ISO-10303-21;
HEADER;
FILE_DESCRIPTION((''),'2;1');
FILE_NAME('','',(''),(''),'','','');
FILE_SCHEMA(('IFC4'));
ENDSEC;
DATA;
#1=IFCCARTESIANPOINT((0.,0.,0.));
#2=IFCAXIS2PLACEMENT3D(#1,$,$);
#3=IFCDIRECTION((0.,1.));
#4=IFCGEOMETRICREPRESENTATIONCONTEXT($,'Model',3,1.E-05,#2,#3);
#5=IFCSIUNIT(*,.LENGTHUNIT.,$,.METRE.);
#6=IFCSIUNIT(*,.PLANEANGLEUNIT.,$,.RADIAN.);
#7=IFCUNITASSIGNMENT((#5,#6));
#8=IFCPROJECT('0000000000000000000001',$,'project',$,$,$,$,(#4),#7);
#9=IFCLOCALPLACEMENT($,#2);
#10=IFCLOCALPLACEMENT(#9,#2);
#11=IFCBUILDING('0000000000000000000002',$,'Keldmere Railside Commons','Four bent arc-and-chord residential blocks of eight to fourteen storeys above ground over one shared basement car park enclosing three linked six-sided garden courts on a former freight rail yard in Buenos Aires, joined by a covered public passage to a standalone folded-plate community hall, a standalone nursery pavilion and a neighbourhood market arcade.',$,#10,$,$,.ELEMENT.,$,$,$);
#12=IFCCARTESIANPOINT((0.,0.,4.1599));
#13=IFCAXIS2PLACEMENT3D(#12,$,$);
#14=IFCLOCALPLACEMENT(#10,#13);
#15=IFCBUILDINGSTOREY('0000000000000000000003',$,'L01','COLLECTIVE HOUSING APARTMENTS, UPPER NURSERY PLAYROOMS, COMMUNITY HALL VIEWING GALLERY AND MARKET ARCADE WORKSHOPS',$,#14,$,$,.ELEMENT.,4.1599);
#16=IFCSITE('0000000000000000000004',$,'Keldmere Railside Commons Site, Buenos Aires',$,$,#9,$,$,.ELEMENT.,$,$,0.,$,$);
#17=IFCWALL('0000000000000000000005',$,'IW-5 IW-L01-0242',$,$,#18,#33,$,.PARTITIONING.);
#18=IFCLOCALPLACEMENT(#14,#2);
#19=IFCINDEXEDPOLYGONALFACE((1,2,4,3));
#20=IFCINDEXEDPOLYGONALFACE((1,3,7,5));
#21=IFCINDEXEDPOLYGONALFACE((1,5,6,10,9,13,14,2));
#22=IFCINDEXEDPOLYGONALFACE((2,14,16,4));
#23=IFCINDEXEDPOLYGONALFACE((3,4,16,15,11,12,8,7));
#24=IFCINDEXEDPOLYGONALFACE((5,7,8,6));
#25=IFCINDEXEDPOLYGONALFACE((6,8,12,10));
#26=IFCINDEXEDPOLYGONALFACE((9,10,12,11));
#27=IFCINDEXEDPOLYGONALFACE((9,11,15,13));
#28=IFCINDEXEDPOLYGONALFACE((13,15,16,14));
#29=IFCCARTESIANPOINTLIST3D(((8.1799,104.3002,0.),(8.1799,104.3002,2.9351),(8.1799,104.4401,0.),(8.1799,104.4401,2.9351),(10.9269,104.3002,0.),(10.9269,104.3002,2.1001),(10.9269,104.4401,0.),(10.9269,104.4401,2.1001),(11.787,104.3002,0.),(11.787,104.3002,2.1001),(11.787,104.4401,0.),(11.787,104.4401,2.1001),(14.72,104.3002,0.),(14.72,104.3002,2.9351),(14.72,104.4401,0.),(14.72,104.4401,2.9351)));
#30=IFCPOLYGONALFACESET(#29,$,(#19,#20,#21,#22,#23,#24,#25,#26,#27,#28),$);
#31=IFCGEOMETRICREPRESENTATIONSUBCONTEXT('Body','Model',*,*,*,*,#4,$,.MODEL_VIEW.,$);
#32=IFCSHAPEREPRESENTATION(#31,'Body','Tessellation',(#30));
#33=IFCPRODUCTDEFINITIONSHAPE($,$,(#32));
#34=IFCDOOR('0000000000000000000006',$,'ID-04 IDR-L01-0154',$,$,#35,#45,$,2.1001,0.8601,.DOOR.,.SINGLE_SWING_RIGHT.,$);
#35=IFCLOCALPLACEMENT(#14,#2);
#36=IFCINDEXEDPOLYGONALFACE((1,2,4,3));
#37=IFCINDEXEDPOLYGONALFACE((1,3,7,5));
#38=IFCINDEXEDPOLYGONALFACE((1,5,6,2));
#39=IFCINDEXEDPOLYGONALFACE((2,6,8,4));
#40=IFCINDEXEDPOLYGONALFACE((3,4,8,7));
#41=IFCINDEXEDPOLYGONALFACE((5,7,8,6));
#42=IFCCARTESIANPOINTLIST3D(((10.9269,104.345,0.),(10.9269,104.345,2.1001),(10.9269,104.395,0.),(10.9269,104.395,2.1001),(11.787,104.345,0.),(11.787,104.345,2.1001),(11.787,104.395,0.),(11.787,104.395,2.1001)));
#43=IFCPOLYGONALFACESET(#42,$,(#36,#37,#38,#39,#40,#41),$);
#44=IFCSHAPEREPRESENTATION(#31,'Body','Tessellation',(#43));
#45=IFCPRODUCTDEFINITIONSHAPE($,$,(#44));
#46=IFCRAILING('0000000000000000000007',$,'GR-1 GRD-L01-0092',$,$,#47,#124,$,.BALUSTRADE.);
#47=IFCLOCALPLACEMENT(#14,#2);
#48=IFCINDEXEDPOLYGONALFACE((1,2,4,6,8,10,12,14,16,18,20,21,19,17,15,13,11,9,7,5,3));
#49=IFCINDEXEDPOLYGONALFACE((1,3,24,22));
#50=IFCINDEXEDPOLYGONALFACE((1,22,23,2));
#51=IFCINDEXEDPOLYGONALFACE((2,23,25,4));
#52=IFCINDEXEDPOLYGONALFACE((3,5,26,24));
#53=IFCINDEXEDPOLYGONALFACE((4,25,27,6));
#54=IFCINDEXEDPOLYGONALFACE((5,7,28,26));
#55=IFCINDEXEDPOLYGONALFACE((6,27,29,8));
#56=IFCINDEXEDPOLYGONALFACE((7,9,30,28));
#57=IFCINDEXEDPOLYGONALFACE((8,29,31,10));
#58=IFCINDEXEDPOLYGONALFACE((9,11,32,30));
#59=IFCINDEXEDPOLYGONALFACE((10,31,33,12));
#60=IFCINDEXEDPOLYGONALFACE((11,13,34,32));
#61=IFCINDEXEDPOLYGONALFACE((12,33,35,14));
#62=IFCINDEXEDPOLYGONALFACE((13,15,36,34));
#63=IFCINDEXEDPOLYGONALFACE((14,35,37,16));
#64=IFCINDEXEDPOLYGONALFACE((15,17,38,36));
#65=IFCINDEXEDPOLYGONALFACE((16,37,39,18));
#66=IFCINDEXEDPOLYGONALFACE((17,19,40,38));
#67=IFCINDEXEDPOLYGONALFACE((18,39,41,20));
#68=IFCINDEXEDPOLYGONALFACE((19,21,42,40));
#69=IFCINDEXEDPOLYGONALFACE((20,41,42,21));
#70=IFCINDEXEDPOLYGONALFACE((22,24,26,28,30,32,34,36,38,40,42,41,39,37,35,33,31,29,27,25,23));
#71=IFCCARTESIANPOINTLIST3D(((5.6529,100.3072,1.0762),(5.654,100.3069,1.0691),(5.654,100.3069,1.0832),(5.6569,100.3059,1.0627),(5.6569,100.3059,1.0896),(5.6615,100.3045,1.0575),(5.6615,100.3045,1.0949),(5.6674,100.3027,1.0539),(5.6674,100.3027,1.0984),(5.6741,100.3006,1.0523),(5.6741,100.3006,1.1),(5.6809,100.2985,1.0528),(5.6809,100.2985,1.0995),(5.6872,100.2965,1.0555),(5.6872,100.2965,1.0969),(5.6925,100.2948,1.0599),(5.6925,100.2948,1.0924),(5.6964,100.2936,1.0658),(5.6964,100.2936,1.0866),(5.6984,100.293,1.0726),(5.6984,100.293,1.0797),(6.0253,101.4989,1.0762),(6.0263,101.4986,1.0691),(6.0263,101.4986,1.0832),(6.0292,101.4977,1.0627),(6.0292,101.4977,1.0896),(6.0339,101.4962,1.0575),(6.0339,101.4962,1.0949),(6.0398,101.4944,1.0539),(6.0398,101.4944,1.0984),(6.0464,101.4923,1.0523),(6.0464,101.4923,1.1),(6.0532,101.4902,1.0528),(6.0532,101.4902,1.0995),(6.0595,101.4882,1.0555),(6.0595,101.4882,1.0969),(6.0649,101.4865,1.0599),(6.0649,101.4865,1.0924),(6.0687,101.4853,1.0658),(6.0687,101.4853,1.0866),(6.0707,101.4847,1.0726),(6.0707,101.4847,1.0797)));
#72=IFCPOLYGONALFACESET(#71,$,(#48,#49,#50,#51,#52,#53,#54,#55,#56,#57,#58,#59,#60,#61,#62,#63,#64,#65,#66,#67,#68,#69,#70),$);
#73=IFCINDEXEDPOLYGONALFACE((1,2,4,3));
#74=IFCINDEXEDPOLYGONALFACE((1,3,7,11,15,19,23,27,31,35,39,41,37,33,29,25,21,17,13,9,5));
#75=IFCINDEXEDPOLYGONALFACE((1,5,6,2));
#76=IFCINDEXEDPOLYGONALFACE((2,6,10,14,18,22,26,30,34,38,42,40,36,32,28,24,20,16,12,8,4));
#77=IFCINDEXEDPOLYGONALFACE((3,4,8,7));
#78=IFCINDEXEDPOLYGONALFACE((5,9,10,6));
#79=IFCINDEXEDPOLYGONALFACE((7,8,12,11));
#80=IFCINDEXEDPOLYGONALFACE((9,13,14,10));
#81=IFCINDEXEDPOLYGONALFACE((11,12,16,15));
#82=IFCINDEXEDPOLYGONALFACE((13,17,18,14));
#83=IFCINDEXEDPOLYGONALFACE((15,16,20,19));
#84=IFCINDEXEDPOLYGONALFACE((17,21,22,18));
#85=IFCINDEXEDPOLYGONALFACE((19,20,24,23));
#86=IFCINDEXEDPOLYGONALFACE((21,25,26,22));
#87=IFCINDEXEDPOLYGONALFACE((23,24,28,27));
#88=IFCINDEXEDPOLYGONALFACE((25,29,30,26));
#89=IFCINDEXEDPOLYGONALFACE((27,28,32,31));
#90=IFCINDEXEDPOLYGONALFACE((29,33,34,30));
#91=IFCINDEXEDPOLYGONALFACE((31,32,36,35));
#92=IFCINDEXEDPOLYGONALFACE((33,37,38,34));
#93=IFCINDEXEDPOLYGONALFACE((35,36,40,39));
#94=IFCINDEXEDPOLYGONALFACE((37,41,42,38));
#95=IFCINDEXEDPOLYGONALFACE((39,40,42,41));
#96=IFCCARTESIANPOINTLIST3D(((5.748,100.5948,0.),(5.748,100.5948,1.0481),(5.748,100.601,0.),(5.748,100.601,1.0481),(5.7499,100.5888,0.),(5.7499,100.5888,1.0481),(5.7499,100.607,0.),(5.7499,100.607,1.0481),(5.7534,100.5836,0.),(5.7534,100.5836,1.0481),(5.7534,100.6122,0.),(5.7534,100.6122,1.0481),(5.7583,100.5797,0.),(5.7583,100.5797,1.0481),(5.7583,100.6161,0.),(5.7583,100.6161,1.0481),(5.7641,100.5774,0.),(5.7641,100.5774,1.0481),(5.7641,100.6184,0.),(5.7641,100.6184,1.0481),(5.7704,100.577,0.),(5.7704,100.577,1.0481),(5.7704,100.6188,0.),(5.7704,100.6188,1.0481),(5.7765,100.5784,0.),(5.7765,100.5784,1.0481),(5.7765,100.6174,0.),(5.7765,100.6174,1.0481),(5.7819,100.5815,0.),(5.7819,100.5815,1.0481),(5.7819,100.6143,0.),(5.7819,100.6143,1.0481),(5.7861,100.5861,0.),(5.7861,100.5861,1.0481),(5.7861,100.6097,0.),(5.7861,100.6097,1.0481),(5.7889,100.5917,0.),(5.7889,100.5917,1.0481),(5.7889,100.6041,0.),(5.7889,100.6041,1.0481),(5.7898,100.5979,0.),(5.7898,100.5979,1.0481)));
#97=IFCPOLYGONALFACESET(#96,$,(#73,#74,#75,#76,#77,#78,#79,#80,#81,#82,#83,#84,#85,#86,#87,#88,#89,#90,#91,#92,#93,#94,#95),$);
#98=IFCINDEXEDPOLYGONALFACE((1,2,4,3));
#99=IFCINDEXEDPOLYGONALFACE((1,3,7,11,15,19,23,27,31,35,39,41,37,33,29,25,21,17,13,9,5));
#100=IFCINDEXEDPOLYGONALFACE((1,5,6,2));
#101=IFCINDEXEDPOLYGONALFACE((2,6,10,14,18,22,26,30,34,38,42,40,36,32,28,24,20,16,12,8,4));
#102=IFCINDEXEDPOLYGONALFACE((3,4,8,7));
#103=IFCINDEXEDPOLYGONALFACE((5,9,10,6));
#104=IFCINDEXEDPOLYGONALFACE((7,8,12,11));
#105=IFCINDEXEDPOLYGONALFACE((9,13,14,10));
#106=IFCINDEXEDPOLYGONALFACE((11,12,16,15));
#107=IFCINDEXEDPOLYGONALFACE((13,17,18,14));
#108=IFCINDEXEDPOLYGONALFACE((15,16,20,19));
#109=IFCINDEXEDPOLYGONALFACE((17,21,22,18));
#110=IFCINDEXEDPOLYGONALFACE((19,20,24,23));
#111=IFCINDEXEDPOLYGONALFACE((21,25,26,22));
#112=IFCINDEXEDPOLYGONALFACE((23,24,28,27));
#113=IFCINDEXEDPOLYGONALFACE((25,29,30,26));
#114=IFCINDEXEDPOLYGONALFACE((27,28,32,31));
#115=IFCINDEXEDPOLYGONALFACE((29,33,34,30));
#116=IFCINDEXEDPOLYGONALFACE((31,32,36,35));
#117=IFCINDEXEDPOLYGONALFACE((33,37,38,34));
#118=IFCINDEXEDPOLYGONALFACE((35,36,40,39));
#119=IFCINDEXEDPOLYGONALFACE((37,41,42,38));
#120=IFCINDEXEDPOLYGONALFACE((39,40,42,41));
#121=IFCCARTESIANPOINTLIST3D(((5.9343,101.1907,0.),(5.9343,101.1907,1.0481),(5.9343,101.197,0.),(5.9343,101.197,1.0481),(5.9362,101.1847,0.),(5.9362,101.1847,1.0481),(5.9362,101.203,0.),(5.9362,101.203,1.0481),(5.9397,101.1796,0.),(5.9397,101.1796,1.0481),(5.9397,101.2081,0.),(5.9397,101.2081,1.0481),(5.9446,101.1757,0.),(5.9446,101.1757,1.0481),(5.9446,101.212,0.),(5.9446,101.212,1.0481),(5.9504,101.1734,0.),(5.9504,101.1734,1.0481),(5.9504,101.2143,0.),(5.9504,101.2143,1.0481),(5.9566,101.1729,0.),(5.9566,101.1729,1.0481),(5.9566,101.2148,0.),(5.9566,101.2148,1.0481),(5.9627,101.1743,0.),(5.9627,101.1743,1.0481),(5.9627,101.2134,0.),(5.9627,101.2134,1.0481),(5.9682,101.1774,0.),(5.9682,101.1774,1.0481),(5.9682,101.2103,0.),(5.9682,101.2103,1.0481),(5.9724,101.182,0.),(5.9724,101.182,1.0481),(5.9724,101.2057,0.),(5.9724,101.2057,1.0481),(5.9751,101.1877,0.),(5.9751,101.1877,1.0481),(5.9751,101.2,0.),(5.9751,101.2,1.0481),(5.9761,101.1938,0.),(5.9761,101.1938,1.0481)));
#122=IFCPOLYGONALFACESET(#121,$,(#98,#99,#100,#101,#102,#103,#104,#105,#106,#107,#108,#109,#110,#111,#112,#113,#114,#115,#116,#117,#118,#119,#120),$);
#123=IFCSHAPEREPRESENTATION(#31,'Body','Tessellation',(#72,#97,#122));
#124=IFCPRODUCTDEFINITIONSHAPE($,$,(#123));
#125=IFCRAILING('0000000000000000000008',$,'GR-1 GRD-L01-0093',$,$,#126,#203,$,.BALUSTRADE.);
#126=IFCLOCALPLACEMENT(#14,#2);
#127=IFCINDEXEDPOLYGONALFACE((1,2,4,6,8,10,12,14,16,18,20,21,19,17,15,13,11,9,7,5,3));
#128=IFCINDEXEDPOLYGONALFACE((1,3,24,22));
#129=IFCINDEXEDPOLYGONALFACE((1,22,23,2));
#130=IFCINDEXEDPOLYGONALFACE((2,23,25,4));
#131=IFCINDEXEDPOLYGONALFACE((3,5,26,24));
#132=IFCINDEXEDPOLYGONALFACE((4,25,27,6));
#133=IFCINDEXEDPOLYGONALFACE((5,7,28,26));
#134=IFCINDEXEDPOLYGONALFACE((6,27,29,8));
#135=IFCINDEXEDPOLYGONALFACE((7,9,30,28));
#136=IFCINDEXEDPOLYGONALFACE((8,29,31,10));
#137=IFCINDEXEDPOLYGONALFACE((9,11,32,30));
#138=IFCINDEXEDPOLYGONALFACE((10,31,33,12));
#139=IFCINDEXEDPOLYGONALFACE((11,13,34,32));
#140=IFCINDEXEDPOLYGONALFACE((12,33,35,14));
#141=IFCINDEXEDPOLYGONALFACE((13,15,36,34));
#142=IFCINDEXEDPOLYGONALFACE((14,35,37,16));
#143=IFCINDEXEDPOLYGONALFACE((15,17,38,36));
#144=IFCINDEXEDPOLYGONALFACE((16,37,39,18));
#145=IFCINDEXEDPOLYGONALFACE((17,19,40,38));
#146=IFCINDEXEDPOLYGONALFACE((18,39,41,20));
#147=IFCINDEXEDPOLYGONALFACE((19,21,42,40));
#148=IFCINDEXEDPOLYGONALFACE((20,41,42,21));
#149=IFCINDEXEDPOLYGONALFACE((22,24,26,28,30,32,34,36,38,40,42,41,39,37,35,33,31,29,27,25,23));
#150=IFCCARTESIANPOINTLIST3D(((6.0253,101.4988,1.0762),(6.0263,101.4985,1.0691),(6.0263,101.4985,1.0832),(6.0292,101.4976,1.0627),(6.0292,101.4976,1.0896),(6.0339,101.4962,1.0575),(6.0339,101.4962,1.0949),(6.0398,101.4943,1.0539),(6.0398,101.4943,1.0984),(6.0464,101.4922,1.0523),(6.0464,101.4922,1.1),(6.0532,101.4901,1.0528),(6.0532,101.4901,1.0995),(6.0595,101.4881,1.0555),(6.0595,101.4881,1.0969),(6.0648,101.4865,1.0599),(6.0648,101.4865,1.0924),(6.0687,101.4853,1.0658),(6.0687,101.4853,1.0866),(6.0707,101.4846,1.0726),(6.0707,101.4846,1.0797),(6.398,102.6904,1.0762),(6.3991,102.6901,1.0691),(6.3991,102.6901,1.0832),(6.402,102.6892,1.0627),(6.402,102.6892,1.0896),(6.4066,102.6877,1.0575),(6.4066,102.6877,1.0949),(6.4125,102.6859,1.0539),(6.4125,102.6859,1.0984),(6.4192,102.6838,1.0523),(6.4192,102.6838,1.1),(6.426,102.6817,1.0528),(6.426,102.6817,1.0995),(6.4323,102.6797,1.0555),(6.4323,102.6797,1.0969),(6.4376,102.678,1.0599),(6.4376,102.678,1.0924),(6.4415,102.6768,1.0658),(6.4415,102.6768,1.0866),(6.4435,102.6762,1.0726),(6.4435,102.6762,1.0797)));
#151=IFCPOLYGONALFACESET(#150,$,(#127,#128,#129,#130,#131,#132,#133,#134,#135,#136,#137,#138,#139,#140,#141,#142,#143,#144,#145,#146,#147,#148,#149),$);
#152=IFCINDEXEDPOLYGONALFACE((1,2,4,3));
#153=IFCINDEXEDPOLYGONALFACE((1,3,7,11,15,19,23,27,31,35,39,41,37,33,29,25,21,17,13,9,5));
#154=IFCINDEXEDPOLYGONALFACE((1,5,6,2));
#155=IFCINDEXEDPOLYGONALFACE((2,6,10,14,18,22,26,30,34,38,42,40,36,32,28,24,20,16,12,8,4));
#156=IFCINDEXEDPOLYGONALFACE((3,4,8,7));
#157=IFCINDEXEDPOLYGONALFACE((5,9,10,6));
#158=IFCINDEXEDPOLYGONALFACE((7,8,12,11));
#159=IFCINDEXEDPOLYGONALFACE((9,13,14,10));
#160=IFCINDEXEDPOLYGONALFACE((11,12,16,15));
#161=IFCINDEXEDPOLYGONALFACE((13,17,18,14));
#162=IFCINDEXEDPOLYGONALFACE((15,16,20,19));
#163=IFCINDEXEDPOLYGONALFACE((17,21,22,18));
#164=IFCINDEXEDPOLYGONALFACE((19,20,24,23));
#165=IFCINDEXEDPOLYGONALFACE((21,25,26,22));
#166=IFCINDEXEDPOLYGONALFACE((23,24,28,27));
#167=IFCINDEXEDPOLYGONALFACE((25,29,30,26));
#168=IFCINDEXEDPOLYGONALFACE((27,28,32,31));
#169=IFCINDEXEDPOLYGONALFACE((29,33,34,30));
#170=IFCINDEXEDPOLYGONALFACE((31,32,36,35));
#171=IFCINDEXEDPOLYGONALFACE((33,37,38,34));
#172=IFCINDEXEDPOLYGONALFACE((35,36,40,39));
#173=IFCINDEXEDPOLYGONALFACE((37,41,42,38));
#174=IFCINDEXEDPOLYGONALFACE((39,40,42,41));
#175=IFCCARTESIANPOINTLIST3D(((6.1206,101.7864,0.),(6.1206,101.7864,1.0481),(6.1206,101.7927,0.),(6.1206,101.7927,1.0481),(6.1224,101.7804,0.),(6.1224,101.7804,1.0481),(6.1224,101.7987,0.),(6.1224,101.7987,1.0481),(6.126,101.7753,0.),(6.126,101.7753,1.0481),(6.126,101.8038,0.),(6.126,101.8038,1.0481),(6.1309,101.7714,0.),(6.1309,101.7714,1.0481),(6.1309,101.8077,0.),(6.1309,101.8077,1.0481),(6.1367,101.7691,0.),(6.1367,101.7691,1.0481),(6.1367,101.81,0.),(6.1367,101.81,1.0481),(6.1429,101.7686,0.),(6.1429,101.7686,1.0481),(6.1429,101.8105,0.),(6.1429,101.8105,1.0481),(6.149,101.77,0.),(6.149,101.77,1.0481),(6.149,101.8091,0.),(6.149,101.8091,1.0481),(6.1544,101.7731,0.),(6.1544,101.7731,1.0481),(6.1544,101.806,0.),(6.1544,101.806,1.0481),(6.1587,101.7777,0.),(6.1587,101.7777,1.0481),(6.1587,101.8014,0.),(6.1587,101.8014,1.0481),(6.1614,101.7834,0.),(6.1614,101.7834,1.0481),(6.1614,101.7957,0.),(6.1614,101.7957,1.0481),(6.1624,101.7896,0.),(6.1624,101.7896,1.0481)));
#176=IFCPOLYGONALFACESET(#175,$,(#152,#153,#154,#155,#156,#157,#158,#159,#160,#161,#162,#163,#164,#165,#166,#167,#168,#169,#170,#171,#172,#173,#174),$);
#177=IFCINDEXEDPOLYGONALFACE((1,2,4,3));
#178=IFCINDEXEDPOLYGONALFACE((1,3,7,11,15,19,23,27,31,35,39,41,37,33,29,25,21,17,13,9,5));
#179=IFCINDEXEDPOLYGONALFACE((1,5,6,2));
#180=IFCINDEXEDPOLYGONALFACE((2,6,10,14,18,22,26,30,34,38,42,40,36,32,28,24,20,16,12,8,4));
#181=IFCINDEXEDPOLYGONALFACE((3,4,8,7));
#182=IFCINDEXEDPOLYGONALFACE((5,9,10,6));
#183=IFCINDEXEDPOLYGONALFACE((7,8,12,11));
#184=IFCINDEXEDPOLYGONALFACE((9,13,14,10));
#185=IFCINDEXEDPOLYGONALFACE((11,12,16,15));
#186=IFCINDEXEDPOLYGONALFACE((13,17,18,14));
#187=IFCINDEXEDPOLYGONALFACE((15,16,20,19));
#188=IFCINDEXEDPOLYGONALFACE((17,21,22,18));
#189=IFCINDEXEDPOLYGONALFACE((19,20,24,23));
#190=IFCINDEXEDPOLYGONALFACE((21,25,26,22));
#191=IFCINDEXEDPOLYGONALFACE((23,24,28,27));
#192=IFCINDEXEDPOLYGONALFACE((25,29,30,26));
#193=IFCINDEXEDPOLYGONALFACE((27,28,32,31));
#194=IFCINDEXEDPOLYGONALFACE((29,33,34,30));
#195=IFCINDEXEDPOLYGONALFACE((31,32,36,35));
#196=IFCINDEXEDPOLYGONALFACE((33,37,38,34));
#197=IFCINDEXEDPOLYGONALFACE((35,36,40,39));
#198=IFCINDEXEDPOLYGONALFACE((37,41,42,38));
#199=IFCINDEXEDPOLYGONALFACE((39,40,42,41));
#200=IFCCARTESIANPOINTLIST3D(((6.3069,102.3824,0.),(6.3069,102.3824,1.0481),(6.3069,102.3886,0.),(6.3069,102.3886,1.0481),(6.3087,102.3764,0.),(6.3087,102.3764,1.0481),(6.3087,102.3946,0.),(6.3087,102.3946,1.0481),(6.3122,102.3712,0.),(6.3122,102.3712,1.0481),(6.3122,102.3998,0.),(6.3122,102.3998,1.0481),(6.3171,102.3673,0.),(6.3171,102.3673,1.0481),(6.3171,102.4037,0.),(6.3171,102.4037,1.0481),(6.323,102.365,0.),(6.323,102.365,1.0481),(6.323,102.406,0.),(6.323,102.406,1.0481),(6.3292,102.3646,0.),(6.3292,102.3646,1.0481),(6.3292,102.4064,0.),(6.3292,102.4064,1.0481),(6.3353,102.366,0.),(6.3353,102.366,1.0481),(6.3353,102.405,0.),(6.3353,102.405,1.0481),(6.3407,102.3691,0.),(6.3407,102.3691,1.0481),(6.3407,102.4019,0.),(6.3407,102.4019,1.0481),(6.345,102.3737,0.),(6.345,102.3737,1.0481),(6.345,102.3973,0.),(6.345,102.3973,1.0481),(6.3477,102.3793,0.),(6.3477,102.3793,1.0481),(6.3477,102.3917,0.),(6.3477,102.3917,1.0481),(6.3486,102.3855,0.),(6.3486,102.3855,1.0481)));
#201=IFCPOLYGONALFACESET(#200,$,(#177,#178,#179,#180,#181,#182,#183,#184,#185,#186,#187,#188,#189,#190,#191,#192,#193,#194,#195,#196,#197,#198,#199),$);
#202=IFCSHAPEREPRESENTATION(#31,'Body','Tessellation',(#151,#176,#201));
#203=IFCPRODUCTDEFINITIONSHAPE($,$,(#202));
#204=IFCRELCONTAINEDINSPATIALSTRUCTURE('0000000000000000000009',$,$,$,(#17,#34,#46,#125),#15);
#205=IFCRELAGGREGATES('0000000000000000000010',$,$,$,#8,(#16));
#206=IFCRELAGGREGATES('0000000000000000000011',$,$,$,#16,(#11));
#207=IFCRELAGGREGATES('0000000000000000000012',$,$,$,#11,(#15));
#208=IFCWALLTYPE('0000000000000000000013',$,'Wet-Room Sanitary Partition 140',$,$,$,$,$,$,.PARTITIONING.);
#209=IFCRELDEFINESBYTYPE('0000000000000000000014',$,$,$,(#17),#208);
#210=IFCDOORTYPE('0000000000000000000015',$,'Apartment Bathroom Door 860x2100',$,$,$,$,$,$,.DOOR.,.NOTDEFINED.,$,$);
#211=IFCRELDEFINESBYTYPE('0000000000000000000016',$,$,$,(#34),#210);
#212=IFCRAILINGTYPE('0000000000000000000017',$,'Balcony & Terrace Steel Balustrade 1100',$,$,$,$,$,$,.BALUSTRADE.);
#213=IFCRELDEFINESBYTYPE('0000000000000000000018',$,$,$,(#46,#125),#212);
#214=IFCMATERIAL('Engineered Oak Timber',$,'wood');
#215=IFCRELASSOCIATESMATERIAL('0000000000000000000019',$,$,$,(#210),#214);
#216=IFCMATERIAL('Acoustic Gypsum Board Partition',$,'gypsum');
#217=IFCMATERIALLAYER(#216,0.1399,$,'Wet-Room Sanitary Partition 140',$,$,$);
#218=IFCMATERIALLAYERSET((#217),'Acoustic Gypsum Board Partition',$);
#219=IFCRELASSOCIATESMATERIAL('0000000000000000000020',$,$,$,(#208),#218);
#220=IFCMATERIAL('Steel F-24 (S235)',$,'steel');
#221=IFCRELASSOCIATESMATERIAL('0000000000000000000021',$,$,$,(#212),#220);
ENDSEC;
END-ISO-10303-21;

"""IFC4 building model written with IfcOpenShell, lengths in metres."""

from ifc_helpers import new_model, si_unit, direction, frame, frame_2d, origin, origin_2d, place, context, subcontext, project, spatial, rectangle, circle, extrude, material, layer, layer_set, type_object, element, fill, save


model = new_model("IFC4")

# Units and contexts
model_context = context("Model", 3, precision=1e-05, world=origin(), true_north=direction((0.0, 1.0)))
body_context = subcontext(model_context, "Body", "Model", "MODEL_VIEW")
ifc_project = project(units=[si_unit("LENGTHUNIT", "METRE"), si_unit("PLANEANGLEUNIT", "RADIAN")], contexts=[model_context])

# Site, building, storey
site_placement = place(None, origin())
site = spatial("IfcSite", under=ifc_project, at=site_placement, Name="Keldmere Railside Commons Site, Buenos Aires", CompositionType="ELEMENT", RefElevation=0.0)
building_placement = place(site_placement, origin())
building = spatial("IfcBuilding", under=site, at=building_placement, Name="Keldmere Railside Commons", Description="Four bent arc-and-chord residential blocks of eight to fourteen storeys above ground over one shared basement car park enclosing three linked six-sided garden courts on a former freight rail yard in Buenos Aires, joined by a covered public passage to a standalone folded-plate community hall, a standalone nursery pavilion and a neighbourhood market arcade.", CompositionType="ELEMENT")
storey_placement = place(building_placement, frame((0.0, 0.0, 4.1599)))
storey = spatial("IfcBuildingStorey", under=building, at=storey_placement, Name="L01", Description="COLLECTIVE HOUSING APARTMENTS, UPPER NURSERY PLAYROOMS, COMMUNITY HALL VIEWING GALLERY AND MARKET ARCADE WORKSHOPS", CompositionType="ELEMENT", Elevation=4.1599)

# Shared definitions
ifc_material_1 = material(Name="Acoustic Gypsum Board Partition", Category="gypsum")
ifc_material_2 = material(Name="Engineered Oak Timber", Category="wood")
door_type_1 = type_object("IfcDoorType", Name="Apartment Bathroom Door 860x2100", OperationType="NOTDEFINED", PredefinedType="DOOR", material=ifc_material_2)

# Wall, opening, door
ifc_layer_1 = layer(ifc_material_1, 0.1399, Name="Wet-Room Sanitary Partition 140")
ifc_layer_set_1 = layer_set([ifc_layer_1], Name="Acoustic Gypsum Board Partition")
wall_type_1 = type_object("IfcWallType", Name="Wet-Room Sanitary Partition 140", PredefinedType="PARTITIONING", material=ifc_layer_set_1)
wall_1_placement = place(storey_placement, frame((8.1799, 104.3701, 0.0), z_axis=(0.0, 0.0, 1.0), x_axis=(1.0, 0.0, 0.0)))
wall_1 = element("IfcWall", 1, at=wall_1_placement, inside=storey, type_object=wall_type_1, Name="IW-5 IW-L01-0242", PredefinedType="PARTITIONING", context=body_context, shape_type="SweptSolid", body=[
    extrude(rectangle(XDim=6.54, YDim=0.1399, at=frame_2d((3.27, 0.0))), origin(), (0.0, 0.0, 1.0), 2.9351),
])
opening_1_placement = place(wall_1_placement, frame((2.7468, 0.0, 0.0)))
opening_1 = element("IfcOpeningElement", 2, at=opening_1_placement, cuts=wall_1, PredefinedType="OPENING", context=body_context, shape_type="SweptSolid", body=[
    extrude(rectangle(XDim=0.8601, YDim=2.1001, at=frame_2d((0.4302, 1.05))), frame((0.0, 0.0798, 0.0), z_axis=(0.0, -1.0, 0.0), x_axis=(1.0, 0.0, 0.0)), (0.0, 0.0, 1.0), 0.1599),
])
door_1_placement = place(opening_1_placement, origin())
door_1 = element("IfcDoor", 3, at=door_1_placement, inside=storey, type_object=door_type_1, Name="ID-04 IDR-L01-0154", OperationType="SINGLE_SWING_RIGHT", OverallHeight=2.1001, OverallWidth=0.8601, PredefinedType="DOOR", context=body_context, shape_type="SweptSolid", body=[
    extrude(rectangle(XDim=0.8601, YDim=2.1001, at=frame_2d((0.4302, 1.05))), frame((0.0, 0.0249, 0.0), z_axis=(0.0, -1.0, 0.0), x_axis=(1.0, 0.0, 0.0)), (0.0, 0.0, 1.0), 0.05),
])
fill(opening_1, door_1)

# Railings
ifc_material_3 = material(Name="Steel F-24 (S235)", Category="steel")
railing_type = type_object("IfcRailingType", Name="Balcony & Terrace Steel Balustrade 1100", PredefinedType="BALUSTRADE", material=ifc_material_3)
railing_1_placement = place(storey_placement, frame((5.6758, 100.3, 0.0)))
element("IfcRailing", 4, at=railing_1_placement, inside=storey, type_object=railing_type, Name="GR-1 GRD-L01-0092", PredefinedType="BALUSTRADE", context=body_context, shape_type="SweptSolid", body=[
    extrude(circle(Radius=0.0239, at=origin_2d()), frame((0.0, 0.0, 1.0762), z_axis=(0.298219, 0.954497, 0.0), x_axis=(-0.954497, 0.298219, 0.0)), (0.0, 0.0, 1.0), 1.2485),
    extrude(circle(Radius=0.021, at=origin_2d()), frame((0.093, 0.2979, 0.0)), (0.0, 0.0, 1.0), 1.0481),
    extrude(circle(Radius=0.021, at=origin_2d()), frame((0.2793, 0.8938, 0.0)), (0.0, 0.0, 1.0), 1.0481),
])
railing_2_placement = place(storey_placement, frame((6.0481, 101.4917, 0.0)))
element("IfcRailing", 5, at=railing_2_placement, inside=storey, type_object=railing_type, Name="GR-1 GRD-L01-0093", PredefinedType="BALUSTRADE", context=body_context, shape_type="SweptSolid", body=[
    extrude(circle(Radius=0.0239, at=origin_2d()), frame((0.0, 0.0, 1.0762), z_axis=(0.298576, 0.954386, 0.0), x_axis=(-0.954386, 0.298576, 0.0)), (0.0, 0.0, 1.0), 1.2485),
    extrude(circle(Radius=0.021, at=origin_2d()), frame((0.0933, 0.2979, 0.0)), (0.0, 0.0, 1.0), 1.0481),
    extrude(circle(Radius=0.021, at=origin_2d()), frame((0.2795, 0.8938, 0.0)), (0.0, 0.0, 1.0), 1.0481),
])

save(model, "model.ifc")
